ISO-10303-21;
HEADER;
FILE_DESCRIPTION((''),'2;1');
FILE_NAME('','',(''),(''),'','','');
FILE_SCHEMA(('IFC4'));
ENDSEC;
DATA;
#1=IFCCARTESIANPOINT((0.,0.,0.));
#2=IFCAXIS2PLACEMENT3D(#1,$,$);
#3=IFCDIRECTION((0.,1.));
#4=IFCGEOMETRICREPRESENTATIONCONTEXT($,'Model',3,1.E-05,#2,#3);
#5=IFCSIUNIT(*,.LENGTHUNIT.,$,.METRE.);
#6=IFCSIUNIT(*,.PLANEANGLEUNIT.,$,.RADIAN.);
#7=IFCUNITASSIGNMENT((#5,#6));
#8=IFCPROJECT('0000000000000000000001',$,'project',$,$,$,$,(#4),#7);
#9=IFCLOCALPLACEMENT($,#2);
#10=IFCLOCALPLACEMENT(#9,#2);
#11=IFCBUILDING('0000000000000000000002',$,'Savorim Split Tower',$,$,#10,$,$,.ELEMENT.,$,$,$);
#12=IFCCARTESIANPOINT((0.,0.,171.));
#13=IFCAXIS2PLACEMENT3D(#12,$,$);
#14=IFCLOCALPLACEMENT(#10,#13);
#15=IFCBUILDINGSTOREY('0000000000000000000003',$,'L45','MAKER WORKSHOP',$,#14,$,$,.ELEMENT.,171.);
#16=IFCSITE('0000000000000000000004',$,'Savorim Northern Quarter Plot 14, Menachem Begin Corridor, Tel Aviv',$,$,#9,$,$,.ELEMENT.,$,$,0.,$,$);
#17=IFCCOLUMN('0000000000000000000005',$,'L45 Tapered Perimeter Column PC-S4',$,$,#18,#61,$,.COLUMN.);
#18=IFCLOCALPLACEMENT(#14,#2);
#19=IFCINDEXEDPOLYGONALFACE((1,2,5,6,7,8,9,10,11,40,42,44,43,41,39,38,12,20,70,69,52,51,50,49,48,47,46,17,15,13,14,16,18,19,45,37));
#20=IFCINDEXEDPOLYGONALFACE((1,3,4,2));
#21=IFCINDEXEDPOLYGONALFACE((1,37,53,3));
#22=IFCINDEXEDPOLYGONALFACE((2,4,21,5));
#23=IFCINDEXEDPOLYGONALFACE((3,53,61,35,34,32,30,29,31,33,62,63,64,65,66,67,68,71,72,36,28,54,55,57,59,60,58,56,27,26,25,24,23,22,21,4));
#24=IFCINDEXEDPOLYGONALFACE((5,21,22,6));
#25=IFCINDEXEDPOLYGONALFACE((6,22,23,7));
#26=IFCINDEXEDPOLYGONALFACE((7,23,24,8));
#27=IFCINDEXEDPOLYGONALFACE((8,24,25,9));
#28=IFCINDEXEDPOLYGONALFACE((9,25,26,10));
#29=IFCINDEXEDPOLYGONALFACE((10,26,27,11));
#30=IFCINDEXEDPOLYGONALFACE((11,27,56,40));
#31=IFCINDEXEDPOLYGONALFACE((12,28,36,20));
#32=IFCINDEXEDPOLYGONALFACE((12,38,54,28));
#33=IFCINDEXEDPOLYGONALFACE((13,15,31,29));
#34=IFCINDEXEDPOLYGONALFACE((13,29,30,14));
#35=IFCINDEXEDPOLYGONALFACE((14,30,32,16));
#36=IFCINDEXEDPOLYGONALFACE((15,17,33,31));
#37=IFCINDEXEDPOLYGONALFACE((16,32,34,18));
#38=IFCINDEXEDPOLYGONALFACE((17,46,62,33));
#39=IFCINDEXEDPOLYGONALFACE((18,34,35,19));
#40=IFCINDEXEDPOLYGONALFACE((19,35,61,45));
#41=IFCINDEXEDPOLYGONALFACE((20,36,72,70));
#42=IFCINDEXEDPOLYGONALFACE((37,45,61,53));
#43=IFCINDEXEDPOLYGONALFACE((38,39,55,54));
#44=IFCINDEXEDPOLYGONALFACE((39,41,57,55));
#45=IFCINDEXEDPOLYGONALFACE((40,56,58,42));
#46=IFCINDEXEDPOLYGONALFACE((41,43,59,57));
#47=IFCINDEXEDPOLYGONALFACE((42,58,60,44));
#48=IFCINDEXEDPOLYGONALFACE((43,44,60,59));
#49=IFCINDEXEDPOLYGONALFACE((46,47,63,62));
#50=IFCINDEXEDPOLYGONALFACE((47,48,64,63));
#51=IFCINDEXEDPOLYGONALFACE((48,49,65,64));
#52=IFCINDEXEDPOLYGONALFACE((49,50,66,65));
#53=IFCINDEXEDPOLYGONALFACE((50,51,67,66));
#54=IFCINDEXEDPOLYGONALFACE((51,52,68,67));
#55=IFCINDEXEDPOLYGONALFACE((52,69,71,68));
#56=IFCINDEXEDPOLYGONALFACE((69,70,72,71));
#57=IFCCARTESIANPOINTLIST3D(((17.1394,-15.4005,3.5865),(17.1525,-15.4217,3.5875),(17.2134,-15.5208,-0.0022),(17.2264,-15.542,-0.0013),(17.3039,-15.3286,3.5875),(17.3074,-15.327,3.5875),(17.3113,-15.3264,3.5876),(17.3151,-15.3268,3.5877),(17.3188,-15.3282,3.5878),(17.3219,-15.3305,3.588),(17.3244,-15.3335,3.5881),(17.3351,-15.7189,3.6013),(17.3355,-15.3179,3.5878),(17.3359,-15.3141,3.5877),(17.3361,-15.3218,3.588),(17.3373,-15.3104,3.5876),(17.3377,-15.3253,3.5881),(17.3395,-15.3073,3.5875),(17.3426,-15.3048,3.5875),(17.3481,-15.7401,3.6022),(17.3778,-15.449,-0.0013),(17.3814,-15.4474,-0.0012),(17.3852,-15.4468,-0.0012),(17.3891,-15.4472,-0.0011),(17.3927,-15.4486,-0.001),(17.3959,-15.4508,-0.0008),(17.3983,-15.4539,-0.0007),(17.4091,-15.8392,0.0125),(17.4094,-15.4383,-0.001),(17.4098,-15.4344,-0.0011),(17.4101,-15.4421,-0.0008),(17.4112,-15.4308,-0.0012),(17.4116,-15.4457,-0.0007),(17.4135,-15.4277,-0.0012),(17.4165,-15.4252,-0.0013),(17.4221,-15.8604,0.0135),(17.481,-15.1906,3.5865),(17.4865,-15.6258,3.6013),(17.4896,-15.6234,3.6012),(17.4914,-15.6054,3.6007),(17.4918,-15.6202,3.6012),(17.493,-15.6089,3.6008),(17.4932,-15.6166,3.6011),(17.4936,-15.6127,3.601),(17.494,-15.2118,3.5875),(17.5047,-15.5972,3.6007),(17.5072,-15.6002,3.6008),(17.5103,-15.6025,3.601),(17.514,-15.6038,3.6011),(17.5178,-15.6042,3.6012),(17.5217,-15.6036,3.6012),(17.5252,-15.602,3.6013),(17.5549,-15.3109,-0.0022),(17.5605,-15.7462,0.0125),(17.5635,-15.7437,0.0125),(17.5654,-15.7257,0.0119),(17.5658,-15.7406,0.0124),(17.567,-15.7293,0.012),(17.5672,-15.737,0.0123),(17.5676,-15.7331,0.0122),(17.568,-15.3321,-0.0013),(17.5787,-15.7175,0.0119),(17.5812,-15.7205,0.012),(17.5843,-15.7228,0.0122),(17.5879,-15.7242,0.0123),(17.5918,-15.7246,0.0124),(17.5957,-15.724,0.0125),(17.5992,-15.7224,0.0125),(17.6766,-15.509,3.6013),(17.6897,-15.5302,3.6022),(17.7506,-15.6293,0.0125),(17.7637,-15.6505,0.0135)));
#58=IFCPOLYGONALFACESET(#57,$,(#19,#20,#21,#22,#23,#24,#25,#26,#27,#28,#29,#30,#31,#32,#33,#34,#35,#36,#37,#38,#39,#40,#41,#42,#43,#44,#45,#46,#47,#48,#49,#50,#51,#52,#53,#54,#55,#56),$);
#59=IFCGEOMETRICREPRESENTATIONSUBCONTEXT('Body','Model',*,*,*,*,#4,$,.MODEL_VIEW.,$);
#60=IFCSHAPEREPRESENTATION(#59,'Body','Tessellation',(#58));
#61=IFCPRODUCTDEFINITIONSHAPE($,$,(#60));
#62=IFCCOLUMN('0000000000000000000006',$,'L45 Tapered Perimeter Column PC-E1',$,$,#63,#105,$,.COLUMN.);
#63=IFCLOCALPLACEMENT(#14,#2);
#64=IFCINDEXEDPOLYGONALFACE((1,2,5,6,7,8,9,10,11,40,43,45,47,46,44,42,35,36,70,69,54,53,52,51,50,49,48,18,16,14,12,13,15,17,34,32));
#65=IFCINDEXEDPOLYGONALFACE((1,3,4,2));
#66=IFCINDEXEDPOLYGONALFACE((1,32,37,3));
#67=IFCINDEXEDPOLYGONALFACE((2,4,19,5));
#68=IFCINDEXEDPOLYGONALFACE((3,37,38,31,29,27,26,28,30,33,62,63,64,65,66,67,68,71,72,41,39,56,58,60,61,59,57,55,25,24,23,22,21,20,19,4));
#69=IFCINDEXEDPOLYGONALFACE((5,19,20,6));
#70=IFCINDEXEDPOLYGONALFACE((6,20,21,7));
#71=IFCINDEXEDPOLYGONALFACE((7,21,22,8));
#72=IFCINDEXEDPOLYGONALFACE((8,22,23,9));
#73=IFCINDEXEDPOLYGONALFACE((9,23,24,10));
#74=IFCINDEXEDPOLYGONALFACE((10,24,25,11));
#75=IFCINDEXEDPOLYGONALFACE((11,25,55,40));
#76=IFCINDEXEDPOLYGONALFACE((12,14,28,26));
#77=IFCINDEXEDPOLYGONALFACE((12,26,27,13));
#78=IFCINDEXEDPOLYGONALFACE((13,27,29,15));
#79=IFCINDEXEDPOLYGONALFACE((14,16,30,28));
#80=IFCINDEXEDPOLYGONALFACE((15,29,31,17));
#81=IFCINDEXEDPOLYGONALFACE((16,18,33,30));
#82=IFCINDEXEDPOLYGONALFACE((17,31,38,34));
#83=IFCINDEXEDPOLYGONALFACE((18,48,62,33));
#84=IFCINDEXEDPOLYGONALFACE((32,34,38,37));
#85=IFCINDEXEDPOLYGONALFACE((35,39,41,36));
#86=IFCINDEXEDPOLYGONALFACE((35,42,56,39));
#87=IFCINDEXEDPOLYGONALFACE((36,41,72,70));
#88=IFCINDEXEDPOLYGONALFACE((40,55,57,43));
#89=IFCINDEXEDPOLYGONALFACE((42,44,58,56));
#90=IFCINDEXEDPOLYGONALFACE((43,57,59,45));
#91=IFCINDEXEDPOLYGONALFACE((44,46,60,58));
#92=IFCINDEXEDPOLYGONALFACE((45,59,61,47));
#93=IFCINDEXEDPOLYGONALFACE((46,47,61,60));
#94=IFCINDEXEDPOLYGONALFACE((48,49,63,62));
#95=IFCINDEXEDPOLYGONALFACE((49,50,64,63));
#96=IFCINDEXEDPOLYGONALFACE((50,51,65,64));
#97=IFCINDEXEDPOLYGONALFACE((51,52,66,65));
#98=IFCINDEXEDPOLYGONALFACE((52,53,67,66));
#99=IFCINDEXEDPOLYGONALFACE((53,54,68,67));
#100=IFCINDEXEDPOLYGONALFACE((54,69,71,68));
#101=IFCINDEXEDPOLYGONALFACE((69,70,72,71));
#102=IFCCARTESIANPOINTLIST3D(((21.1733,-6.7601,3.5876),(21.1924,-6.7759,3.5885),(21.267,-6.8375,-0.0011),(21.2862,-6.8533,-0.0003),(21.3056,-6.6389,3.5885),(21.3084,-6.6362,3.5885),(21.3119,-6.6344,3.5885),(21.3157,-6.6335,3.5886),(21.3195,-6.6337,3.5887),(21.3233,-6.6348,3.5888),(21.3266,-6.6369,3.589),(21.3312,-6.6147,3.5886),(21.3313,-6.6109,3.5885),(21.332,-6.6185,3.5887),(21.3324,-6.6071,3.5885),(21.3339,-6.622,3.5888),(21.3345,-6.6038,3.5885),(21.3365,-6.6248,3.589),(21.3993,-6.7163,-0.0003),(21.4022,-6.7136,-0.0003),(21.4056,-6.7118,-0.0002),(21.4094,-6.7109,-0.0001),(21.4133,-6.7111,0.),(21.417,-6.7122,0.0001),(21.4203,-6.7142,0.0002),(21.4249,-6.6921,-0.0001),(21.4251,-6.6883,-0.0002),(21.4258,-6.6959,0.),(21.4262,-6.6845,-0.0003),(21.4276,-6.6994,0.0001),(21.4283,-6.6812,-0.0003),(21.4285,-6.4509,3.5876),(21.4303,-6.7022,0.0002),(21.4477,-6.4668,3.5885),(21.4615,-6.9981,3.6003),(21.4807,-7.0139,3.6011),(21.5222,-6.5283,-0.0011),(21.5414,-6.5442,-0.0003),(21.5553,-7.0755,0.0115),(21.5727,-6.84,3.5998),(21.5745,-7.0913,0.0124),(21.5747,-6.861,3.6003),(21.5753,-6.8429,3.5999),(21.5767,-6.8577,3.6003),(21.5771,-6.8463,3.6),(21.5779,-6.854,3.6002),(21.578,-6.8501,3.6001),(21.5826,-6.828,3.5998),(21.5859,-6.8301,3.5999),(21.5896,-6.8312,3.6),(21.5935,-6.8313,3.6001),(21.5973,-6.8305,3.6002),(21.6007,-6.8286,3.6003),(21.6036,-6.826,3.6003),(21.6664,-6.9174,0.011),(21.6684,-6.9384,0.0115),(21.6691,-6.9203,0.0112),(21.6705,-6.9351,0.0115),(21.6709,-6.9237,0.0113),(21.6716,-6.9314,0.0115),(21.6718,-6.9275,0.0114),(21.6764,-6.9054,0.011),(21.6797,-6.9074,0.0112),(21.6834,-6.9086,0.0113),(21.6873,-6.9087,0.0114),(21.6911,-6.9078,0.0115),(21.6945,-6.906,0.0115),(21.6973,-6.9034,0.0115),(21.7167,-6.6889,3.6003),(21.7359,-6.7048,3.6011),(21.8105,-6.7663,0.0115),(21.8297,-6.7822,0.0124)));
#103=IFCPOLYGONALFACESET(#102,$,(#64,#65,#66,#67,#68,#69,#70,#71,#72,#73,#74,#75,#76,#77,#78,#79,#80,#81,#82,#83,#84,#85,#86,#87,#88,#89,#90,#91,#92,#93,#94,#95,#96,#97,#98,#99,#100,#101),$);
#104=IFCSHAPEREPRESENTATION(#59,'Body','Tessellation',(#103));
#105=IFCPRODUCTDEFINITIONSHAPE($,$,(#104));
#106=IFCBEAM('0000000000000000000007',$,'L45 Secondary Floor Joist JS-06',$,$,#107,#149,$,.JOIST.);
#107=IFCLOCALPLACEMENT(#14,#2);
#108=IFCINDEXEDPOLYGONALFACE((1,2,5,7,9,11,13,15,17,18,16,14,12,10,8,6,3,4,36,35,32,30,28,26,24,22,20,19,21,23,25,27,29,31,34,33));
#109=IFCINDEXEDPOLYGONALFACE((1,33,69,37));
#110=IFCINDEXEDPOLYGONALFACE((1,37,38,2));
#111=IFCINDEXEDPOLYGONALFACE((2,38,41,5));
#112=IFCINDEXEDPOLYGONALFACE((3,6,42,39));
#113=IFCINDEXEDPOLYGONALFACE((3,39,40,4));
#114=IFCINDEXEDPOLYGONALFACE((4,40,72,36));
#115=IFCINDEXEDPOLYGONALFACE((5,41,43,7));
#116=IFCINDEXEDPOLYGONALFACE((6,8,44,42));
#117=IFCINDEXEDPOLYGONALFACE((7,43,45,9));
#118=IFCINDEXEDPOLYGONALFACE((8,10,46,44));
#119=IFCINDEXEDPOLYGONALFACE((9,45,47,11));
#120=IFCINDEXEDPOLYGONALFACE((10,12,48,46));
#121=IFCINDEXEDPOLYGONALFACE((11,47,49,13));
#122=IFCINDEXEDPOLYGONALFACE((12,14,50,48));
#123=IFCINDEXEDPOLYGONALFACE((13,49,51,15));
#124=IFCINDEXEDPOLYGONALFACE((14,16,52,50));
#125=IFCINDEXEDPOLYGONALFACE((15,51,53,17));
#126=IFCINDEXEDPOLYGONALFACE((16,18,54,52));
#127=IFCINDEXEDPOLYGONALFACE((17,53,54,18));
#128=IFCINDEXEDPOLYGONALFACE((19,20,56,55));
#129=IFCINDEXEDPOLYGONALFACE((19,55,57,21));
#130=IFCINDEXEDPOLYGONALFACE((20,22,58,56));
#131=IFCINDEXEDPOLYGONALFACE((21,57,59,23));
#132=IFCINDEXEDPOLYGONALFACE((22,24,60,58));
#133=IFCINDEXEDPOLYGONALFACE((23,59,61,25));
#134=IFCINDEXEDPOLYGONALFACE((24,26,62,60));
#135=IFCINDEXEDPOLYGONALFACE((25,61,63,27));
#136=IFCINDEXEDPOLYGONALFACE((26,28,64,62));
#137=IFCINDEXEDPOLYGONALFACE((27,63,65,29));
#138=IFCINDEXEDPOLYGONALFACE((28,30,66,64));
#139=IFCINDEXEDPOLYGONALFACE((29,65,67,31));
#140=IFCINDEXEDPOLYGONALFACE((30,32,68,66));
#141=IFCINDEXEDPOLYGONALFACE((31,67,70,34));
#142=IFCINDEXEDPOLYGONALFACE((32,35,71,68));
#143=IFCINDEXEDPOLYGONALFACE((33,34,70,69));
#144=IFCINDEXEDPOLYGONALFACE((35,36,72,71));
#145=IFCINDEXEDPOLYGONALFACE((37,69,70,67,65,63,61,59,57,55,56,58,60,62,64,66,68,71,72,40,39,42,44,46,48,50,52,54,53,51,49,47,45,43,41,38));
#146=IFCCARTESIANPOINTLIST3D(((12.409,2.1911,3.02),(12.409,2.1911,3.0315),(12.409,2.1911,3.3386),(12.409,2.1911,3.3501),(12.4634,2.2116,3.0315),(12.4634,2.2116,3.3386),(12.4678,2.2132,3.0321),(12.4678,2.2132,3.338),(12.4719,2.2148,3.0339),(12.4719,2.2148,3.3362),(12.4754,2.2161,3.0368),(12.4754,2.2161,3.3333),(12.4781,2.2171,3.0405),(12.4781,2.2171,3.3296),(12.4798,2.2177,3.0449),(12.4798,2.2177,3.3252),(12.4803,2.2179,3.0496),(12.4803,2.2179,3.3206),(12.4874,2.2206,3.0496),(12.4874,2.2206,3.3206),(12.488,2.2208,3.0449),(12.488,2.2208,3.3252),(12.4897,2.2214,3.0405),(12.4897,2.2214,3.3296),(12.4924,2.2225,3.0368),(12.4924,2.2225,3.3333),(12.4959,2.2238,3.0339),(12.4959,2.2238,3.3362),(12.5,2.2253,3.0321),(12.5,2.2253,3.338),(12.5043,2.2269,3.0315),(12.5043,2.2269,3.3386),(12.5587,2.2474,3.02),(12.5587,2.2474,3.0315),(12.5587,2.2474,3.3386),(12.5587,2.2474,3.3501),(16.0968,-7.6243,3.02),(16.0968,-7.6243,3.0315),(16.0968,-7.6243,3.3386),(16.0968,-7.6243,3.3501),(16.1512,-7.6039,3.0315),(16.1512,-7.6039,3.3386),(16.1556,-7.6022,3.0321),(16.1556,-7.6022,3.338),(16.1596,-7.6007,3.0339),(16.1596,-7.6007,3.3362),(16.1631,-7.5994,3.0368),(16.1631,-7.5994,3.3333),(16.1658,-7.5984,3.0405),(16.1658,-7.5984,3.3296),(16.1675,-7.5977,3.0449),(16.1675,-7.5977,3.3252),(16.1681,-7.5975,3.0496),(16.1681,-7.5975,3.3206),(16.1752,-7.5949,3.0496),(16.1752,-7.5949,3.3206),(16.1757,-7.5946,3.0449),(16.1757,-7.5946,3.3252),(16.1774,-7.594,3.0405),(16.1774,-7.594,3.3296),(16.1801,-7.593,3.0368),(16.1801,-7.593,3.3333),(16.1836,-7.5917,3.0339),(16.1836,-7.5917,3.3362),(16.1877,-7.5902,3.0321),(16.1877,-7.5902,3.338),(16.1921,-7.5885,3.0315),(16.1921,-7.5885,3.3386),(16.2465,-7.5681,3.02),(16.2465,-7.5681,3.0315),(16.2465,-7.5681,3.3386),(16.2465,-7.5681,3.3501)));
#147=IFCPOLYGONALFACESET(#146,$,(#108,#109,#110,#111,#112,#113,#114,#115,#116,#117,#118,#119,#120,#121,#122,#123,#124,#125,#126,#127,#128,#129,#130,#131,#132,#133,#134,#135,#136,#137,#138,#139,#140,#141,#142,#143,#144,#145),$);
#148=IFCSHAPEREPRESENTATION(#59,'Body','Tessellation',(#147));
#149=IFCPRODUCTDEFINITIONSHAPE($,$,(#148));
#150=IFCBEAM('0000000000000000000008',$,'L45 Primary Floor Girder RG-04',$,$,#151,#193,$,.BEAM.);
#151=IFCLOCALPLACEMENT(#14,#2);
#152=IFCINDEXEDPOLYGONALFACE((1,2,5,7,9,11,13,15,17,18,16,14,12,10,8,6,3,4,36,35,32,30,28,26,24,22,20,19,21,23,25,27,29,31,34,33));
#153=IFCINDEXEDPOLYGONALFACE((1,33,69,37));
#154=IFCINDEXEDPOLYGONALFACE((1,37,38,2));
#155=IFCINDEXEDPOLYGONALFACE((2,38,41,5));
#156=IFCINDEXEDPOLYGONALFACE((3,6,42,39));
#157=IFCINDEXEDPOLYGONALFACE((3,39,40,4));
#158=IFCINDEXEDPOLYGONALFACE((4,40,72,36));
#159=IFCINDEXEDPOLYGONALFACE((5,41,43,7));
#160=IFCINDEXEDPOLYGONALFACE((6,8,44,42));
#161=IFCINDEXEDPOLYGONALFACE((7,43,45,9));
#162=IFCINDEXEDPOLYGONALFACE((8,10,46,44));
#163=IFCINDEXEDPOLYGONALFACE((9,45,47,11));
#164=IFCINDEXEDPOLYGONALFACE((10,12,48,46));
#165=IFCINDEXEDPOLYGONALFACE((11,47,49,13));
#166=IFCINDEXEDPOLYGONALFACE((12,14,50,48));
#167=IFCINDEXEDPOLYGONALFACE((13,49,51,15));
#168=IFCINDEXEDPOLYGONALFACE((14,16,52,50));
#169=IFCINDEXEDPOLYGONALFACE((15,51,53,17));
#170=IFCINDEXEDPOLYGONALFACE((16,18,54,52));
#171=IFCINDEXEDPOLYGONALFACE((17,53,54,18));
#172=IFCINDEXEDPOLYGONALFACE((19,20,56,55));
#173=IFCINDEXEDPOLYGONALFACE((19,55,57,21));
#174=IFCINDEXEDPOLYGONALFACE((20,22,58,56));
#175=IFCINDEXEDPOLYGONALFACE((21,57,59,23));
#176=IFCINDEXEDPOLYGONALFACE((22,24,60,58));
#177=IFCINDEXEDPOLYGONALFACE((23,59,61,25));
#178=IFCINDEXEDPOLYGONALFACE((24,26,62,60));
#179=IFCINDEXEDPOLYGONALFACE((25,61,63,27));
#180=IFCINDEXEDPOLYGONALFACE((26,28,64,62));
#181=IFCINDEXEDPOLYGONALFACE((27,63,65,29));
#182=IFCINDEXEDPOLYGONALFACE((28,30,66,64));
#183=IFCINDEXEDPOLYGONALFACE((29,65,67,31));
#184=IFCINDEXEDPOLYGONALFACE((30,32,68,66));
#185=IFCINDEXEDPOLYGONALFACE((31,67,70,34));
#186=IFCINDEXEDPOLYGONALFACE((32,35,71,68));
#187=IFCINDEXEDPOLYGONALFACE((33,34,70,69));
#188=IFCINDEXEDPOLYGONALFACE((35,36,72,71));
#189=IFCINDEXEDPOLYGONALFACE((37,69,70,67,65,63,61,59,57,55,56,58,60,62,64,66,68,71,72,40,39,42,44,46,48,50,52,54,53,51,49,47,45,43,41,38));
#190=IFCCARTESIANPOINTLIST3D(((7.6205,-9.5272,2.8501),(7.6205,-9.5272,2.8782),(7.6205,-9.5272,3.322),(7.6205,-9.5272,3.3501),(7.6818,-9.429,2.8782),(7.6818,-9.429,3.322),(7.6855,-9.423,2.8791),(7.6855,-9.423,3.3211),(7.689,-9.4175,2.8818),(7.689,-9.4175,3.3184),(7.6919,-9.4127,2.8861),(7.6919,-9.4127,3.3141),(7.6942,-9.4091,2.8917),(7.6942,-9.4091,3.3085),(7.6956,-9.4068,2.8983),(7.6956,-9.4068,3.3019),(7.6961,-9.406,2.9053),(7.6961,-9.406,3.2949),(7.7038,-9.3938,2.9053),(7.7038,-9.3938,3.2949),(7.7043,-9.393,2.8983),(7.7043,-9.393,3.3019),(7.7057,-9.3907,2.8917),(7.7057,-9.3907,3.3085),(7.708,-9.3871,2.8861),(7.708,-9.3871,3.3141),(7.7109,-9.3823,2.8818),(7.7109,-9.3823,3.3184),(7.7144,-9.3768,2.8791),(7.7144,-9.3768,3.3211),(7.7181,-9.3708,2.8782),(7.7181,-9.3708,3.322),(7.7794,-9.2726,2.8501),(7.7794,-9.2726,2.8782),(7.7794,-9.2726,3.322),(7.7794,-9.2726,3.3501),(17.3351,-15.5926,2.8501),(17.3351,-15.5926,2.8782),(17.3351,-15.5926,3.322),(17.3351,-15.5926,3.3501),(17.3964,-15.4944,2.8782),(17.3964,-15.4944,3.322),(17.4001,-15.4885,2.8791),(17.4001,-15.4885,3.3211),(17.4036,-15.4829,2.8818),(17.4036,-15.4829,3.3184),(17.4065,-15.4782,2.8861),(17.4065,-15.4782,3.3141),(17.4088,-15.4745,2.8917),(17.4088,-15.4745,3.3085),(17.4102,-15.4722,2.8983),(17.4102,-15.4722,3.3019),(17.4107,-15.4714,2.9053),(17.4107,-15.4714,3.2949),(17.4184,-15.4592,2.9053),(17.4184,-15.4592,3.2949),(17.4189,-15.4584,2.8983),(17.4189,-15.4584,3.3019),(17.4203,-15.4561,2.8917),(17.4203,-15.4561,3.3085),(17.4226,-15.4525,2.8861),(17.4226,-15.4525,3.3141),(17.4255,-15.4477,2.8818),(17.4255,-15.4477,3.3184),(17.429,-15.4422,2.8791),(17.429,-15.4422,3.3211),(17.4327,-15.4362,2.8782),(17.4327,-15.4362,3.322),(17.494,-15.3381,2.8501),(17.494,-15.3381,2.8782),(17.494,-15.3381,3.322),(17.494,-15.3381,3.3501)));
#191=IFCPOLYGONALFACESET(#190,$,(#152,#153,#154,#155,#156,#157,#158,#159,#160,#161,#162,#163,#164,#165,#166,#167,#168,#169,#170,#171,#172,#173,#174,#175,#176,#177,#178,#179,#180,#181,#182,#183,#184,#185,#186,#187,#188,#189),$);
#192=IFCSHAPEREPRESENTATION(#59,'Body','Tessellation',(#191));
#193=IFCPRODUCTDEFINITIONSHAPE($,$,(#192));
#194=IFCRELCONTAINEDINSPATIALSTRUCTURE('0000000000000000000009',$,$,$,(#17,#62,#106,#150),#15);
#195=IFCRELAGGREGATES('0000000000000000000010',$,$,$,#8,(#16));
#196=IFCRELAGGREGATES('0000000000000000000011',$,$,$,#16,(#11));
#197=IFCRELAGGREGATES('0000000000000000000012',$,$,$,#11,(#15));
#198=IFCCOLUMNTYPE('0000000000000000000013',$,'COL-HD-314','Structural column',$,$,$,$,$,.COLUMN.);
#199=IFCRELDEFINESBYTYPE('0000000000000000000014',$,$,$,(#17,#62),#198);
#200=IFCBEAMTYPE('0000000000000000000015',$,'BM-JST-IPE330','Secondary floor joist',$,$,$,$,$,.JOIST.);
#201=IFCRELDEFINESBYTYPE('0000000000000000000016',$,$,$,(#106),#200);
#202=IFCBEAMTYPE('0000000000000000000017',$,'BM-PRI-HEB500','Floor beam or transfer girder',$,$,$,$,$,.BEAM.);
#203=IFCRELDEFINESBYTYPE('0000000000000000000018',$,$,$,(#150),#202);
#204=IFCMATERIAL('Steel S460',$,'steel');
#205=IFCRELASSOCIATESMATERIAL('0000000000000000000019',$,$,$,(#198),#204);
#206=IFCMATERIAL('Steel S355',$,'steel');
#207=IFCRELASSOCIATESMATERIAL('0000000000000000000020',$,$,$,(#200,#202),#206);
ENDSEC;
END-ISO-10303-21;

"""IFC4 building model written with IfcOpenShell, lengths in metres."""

from ifc_helpers import new_model, si_unit, direction, frame, origin, origin_2d, place, context, subcontext, project, spatial, i_section, extrude, material, material_profile, profile_set, type_object, element, save


model = new_model("IFC4")

# Units and contexts
model_context = context("Model", 3, precision=1e-05, world=origin(), true_north=direction((0.0, 1.0)))
body_context = subcontext(model_context, "Body", "Model", "MODEL_VIEW")
ifc_project = project(units=[si_unit("LENGTHUNIT", "METRE"), si_unit("PLANEANGLEUNIT", "RADIAN")], contexts=[model_context])

# Site, building, storey
site_placement = place(None, origin())
site = spatial("IfcSite", under=ifc_project, at=site_placement, Name="Savorim Northern Quarter Plot 14, Menachem Begin Corridor, Tel Aviv", CompositionType="ELEMENT", RefElevation=0.0)
building_placement = place(site_placement, origin())
building = spatial("IfcBuilding", under=site, at=building_placement, Name="Savorim Split Tower", CompositionType="ELEMENT")
storey_placement = place(building_placement, frame((0.0, 0.0, 171.0)))
storey = spatial("IfcBuildingStorey", under=building, at=storey_placement, Name="L45", Description="MAKER WORKSHOP", CompositionType="ELEMENT", Elevation=171.0)

# Columns
ifc_material_1 = material(Name="Steel S460", Category="steel")
ifc_material_profile_1 = material_profile(ifc_material_1, i_section(OverallWidth=0.4009, OverallDepth=0.3989, WebThickness=0.0156, FlangeThickness=0.0249, FilletRadius=0.0149, at=origin_2d()), Name="HD 400x314")
ifc_profile_set_1 = profile_set([ifc_material_profile_1], Name="Steel S460")
column_type = type_object("IfcColumnType", Name="COL-HD-314", Description="Structural column", PredefinedType="COLUMN", material=ifc_profile_set_1)
column_1_placement = place(storey_placement, frame((17.4885, -15.5857, 0.0056), z_axis=(-0.020596, 0.033511, 0.999226), x_axis=(-0.851955, -0.523615, 0.0)))
element("IfcColumn", 1, at=column_1_placement, inside=storey, type_object=column_type, Name="L45 Tapered Perimeter Column PC-S4", PredefinedType="COLUMN", context=body_context, shape_type="SweptSolid", body=[
    extrude(i_section(OverallWidth=0.4009, OverallDepth=0.3989, WebThickness=0.0156, FlangeThickness=0.0249, FilletRadius=0.0149, at=origin_2d()), origin(), (0.0, 0.0, 1.0), 3.5916),
])
column_2_placement = place(storey_placement, frame((21.5483, -6.8098, 0.0056), z_axis=(-0.026107, 0.021552, 0.999427), x_axis=(-0.636622, -0.771176, 0.0)))
element("IfcColumn", 2, at=column_2_placement, inside=storey, type_object=column_type, Name="L45 Tapered Perimeter Column PC-E1", PredefinedType="COLUMN", context=body_context, shape_type="SweptSolid", body=[
    extrude(i_section(OverallWidth=0.4009, OverallDepth=0.3989, WebThickness=0.0156, FlangeThickness=0.0249, FilletRadius=0.0149, at=origin_2d()), origin(), (0.0, 0.0, 1.0), 3.5908),
])

# Beams
ifc_material_2 = material(Name="Steel S355", Category="steel")
ifc_material_profile_2 = material_profile(ifc_material_2, i_section(OverallWidth=0.1599, OverallDepth=0.3301, WebThickness=0.0076, FlangeThickness=0.0115, FilletRadius=0.0181, at=origin_2d()), Name="IPE 330")
ifc_profile_set_2 = profile_set([ifc_material_profile_2], Name="Steel S355")
beam_type_1 = type_object("IfcBeamType", Name="BM-JST-IPE330", Description="Secondary floor joist", PredefinedType="JOIST", material=ifc_profile_set_2)
beam_1_placement = place(storey_placement, frame((16.1716, -7.5962, 3.1851), z_axis=(-0.351705, 0.936111, 0.0), x_axis=(-0.936111, -0.351705, 0.0)))
element("IfcBeam", 3, at=beam_1_placement, inside=storey, type_object=beam_type_1, Name="L45 Secondary Floor Joist JS-06", PredefinedType="JOIST", context=body_context, shape_type="SweptSolid", body=[
    extrude(i_section(OverallWidth=0.1599, OverallDepth=0.3301, WebThickness=0.0076, FlangeThickness=0.0115, FilletRadius=0.0181, at=origin_2d()), origin(), (0.0, 0.0, 1.0), 10.4854),
])
ifc_material_profile_3 = material_profile(ifc_material_2, i_section(OverallWidth=0.3, OverallDepth=0.5, WebThickness=0.0144, FlangeThickness=0.0281, FilletRadius=0.0271, at=origin_2d()), Name="HEB 500")
ifc_profile_set_3 = profile_set([ifc_material_profile_3], Name="Steel S355")
beam_type_2 = type_object("IfcBeamType", Name="BM-PRI-HEB500", Description="Floor beam or transfer girder", PredefinedType="BEAM", material=ifc_profile_set_3)
beam_2_placement = place(storey_placement, frame((17.4146, -15.4653, 3.1001), z_axis=(-0.848241, 0.52961, 0.0), x_axis=(-0.52961, -0.848241, 0.0)))
element("IfcBeam", 4, at=beam_2_placement, inside=storey, type_object=beam_type_2, Name="L45 Primary Floor Girder RG-04", PredefinedType="BEAM", context=body_context, shape_type="SweptSolid", body=[
    extrude(i_section(OverallWidth=0.3, OverallDepth=0.5, WebThickness=0.0144, FlangeThickness=0.0281, FilletRadius=0.0271, at=origin_2d()), origin(), (0.0, 0.0, 1.0), 11.4526),
])

save(model, "model.ifc")
